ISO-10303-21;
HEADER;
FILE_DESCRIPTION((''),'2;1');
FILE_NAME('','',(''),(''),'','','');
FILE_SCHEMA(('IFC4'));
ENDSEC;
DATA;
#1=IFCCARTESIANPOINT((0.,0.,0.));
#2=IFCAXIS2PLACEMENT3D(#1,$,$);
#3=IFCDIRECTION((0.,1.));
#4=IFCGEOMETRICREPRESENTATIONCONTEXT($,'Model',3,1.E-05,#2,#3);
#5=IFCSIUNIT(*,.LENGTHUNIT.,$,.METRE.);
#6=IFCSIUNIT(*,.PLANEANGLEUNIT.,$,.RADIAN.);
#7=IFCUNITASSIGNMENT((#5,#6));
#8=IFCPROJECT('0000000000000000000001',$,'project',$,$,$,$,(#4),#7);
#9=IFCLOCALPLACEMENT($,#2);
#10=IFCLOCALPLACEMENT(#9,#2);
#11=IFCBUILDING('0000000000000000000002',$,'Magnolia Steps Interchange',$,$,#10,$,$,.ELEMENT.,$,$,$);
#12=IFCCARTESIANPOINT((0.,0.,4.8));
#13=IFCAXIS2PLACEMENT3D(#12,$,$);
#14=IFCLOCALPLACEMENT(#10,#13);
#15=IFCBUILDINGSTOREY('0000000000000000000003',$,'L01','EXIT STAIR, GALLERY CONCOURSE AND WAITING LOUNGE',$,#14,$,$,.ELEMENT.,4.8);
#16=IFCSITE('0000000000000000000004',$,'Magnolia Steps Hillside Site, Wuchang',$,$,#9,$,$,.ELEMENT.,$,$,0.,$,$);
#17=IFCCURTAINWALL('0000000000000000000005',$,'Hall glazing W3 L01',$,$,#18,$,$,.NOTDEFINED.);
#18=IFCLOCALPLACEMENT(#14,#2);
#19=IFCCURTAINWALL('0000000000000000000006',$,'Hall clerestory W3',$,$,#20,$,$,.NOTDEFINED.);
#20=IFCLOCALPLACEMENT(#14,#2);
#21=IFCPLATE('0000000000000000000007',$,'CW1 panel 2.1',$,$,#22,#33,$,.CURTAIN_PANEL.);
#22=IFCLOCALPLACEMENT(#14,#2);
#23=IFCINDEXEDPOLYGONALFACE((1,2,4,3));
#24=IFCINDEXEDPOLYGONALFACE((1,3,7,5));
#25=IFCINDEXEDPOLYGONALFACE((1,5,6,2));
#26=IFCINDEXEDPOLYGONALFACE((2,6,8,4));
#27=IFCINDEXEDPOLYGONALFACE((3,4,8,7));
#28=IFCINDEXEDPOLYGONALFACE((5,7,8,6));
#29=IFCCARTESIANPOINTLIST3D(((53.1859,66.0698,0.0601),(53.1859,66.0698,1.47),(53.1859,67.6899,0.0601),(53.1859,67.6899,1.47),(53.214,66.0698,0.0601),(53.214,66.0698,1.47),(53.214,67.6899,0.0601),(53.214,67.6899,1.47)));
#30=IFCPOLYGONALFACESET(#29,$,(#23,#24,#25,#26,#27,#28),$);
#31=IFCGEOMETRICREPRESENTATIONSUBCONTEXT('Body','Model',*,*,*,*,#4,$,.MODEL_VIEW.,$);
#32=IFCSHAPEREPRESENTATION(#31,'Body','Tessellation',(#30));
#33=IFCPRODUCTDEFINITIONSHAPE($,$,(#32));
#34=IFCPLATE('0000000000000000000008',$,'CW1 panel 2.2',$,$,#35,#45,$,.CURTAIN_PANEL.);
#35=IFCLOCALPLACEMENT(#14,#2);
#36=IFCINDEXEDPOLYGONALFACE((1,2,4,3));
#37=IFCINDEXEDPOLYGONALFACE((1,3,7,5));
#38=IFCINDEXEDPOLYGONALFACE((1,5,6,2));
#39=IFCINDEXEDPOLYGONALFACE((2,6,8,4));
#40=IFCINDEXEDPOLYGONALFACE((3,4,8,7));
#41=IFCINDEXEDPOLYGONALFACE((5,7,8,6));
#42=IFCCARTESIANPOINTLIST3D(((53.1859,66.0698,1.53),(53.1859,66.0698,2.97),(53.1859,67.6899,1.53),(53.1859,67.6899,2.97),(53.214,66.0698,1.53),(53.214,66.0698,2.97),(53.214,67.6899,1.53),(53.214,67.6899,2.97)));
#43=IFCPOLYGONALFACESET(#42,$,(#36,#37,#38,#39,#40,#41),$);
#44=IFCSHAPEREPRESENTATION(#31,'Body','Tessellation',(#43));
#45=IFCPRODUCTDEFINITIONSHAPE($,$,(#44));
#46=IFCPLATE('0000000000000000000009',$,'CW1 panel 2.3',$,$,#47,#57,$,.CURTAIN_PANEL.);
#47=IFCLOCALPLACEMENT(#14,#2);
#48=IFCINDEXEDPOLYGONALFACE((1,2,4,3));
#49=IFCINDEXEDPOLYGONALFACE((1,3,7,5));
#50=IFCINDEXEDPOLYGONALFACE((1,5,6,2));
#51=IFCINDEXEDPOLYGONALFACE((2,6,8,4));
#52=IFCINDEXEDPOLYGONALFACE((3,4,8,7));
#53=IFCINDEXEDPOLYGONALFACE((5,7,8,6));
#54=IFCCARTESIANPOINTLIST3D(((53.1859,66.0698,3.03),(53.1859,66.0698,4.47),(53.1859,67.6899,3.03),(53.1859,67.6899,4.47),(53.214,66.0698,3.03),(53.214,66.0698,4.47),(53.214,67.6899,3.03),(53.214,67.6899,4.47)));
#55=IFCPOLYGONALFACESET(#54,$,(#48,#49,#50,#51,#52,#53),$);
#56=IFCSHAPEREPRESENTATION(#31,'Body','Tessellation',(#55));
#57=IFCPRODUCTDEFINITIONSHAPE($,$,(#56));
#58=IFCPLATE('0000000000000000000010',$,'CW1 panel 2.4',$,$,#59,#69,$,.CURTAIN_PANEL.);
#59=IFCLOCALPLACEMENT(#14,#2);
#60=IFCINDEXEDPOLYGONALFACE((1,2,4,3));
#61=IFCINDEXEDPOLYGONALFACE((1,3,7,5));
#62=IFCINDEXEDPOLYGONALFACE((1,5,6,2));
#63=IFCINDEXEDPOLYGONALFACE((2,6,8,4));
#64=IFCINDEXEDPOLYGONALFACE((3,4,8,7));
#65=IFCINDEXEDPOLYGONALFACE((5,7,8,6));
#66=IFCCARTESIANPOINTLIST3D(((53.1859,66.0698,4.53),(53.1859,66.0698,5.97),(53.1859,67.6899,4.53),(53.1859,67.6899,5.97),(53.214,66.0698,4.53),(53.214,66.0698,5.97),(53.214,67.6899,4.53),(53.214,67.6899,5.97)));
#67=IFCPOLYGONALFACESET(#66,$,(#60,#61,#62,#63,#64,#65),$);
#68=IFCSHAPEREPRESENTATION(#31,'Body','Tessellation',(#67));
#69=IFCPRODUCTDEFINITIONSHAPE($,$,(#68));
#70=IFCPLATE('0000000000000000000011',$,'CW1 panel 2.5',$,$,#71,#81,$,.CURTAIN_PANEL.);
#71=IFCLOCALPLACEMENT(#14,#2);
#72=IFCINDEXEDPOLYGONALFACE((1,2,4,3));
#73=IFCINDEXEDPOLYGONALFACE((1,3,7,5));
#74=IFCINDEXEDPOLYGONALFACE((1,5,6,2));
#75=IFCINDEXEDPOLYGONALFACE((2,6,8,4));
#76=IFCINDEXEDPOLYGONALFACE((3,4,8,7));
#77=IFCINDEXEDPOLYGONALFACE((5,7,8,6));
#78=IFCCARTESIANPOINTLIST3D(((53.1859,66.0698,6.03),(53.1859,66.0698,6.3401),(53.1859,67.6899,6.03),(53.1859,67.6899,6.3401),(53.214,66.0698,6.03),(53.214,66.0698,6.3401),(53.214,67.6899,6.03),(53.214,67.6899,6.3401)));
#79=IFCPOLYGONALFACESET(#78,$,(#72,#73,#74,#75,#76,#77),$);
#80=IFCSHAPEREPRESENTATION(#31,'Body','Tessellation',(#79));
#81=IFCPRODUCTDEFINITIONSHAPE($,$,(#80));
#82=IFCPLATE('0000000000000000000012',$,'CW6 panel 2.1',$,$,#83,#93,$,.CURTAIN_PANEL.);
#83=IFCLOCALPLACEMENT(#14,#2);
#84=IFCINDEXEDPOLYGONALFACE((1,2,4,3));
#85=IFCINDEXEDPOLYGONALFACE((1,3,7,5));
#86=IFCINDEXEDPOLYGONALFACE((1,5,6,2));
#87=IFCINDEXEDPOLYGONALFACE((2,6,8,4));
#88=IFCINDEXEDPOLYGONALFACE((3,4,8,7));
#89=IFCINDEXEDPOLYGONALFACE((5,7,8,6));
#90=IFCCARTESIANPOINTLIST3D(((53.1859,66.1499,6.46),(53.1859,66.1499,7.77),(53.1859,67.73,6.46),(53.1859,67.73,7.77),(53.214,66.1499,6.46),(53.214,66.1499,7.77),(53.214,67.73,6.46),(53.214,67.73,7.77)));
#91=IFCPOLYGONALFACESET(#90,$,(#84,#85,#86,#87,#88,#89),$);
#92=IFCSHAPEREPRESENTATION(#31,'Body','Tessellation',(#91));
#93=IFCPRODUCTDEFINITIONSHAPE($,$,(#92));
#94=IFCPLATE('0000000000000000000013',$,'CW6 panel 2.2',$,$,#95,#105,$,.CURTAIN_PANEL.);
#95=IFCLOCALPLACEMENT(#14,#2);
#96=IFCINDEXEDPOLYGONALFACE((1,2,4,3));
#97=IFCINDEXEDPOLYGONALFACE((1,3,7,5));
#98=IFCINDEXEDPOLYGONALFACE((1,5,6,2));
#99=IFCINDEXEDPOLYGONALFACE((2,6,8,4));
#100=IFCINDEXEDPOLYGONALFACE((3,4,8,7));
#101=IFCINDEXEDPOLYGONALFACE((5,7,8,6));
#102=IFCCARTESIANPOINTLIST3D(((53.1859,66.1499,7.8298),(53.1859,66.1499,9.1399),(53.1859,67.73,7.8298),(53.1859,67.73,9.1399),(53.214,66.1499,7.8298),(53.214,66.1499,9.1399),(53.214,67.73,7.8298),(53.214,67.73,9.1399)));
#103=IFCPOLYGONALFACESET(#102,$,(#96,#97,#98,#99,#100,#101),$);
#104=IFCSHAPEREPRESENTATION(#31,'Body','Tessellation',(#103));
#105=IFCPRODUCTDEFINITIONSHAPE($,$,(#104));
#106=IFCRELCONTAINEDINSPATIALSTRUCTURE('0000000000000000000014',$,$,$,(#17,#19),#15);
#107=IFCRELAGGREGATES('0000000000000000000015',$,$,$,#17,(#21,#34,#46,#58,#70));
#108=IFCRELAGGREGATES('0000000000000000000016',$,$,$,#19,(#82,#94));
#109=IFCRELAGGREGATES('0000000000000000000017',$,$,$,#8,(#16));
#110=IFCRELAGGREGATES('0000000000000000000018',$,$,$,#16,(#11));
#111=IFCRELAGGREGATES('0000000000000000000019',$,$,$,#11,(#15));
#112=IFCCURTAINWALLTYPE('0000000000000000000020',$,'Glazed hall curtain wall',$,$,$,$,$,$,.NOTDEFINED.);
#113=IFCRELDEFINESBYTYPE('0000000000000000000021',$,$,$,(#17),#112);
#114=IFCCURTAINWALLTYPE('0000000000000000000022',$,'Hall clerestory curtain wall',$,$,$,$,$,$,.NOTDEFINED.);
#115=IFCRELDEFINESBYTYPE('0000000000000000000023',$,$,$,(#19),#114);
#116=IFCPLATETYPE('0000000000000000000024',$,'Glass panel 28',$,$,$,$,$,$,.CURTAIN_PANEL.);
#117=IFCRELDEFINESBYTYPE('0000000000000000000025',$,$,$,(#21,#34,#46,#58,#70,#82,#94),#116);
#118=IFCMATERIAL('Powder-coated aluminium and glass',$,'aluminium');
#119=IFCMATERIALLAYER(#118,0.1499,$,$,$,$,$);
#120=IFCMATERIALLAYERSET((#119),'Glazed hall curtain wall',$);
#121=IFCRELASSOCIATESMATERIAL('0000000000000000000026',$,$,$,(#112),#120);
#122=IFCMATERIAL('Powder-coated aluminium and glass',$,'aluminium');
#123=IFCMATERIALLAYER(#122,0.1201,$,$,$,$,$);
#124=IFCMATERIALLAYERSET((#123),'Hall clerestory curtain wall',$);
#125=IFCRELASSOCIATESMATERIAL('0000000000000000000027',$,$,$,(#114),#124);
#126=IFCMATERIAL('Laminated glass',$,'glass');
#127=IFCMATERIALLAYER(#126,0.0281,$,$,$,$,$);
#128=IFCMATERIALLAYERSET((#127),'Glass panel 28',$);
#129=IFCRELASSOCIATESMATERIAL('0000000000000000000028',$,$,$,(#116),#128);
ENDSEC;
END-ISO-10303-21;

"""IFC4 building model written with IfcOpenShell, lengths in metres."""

from ifc_helpers import new_model, si_unit, direction, frame, origin, origin_2d, place, context, subcontext, project, spatial, rectangle, extrude, material, layer, layer_set, type_object, element, aggregate, save


model = new_model("IFC4")

# Units and contexts
model_context = context("Model", 3, precision=1e-05, world=origin(), true_north=direction((0.0, 1.0)))
body_context = subcontext(model_context, "Body", "Model", "MODEL_VIEW")
ifc_project = project(units=[si_unit("LENGTHUNIT", "METRE"), si_unit("PLANEANGLEUNIT", "RADIAN")], contexts=[model_context])

# Site, building, storey
site_placement = place(None, origin())
site = spatial("IfcSite", under=ifc_project, at=site_placement, Name="Magnolia Steps Hillside Site, Wuchang", CompositionType="ELEMENT", RefElevation=0.0)
building_placement = place(site_placement, origin())
building = spatial("IfcBuilding", under=site, at=building_placement, Name="Magnolia Steps Interchange", CompositionType="ELEMENT")
storey_placement = place(building_placement, frame((0.0, 0.0, 4.8)))
storey = spatial("IfcBuildingStorey", under=building, at=storey_placement, Name="L01", Description="EXIT STAIR, GALLERY CONCOURSE AND WAITING LOUNGE", CompositionType="ELEMENT", Elevation=4.8)

# Curtain wall
ifc_material_1 = material(Name="Powder-coated aluminium and glass", Category="aluminium")
ifc_layer_1 = layer(ifc_material_1, 0.1499)
ifc_layer_set_1 = layer_set([ifc_layer_1], Name="Glazed hall curtain wall")
curtain_wall_type_1 = type_object("IfcCurtainWallType", Name="Glazed hall curtain wall", PredefinedType="NOTDEFINED", material=ifc_layer_set_1)
curtain_wall_1_placement = place(storey_placement, origin())
curtain_wall_1 = element("IfcCurtainWall", 1, at=curtain_wall_1_placement, inside=storey, type_object=curtain_wall_type_1, Name="Hall glazing W3 L01", PredefinedType="NOTDEFINED")

# Curtain wall
ifc_material_2 = material(Name="Powder-coated aluminium and glass", Category="aluminium")
ifc_layer_2 = layer(ifc_material_2, 0.1201)
ifc_layer_set_2 = layer_set([ifc_layer_2], Name="Hall clerestory curtain wall")
curtain_wall_type_2 = type_object("IfcCurtainWallType", Name="Hall clerestory curtain wall", PredefinedType="NOTDEFINED", material=ifc_layer_set_2)
curtain_wall_2_placement = place(storey_placement, origin())
curtain_wall_2 = element("IfcCurtainWall", 2, at=curtain_wall_2_placement, inside=storey, type_object=curtain_wall_type_2, Name="Hall clerestory W3", PredefinedType="NOTDEFINED")

# Plates
ifc_material_3 = material(Name="Laminated glass", Category="glass")
ifc_layer_3 = layer(ifc_material_3, 0.0281)
ifc_layer_set_3 = layer_set([ifc_layer_3], Name="Glass panel 28")
plate_type = type_object("IfcPlateType", Name="Glass panel 28", PredefinedType="CURTAIN_PANEL", material=ifc_layer_set_3)
plate_1_placement = place(storey_placement, frame((53.2, 66.8799, 0.0601), z_axis=(0.0, 0.0, 1.0), x_axis=(0.0, 1.0, 0.0)))
plate_1 = element("IfcPlate", 3, at=plate_1_placement, type_object=plate_type, Name="CW1 panel 2.1", PredefinedType="CURTAIN_PANEL", context=body_context, shape_type="SweptSolid", body=[
    extrude(rectangle(XDim=1.6201, YDim=0.0281, at=origin_2d()), origin(), (0.0, 0.0, 1.0), 1.4099),
])
plate_2_placement = place(storey_placement, frame((53.2, 66.8799, 1.53), z_axis=(0.0, 0.0, 1.0), x_axis=(0.0, 1.0, 0.0)))
plate_2 = element("IfcPlate", 4, at=plate_2_placement, type_object=plate_type, Name="CW1 panel 2.2", PredefinedType="CURTAIN_PANEL", context=body_context, shape_type="SweptSolid", body=[
    extrude(rectangle(XDim=1.6201, YDim=0.0281, at=origin_2d()), origin(), (0.0, 0.0, 1.0), 1.4399),
])
plate_3_placement = place(storey_placement, frame((53.2, 66.8799, 3.03), z_axis=(0.0, 0.0, 1.0), x_axis=(0.0, 1.0, 0.0)))
plate_3 = element("IfcPlate", 5, at=plate_3_placement, type_object=plate_type, Name="CW1 panel 2.3", PredefinedType="CURTAIN_PANEL", context=body_context, shape_type="SweptSolid", body=[
    extrude(rectangle(XDim=1.6201, YDim=0.0281, at=origin_2d()), origin(), (0.0, 0.0, 1.0), 1.4399),
])
plate_4_placement = place(storey_placement, frame((53.2, 66.8799, 4.53), z_axis=(0.0, 0.0, 1.0), x_axis=(0.0, 1.0, 0.0)))
plate_4 = element("IfcPlate", 6, at=plate_4_placement, type_object=plate_type, Name="CW1 panel 2.4", PredefinedType="CURTAIN_PANEL", context=body_context, shape_type="SweptSolid", body=[
    extrude(rectangle(XDim=1.6201, YDim=0.0281, at=origin_2d()), origin(), (0.0, 0.0, 1.0), 1.4399),
])
plate_5_placement = place(storey_placement, frame((53.2, 66.8799, 6.03), z_axis=(0.0, 0.0, 1.0), x_axis=(0.0, 1.0, 0.0)))
plate_5 = element("IfcPlate", 7, at=plate_5_placement, type_object=plate_type, Name="CW1 panel 2.5", PredefinedType="CURTAIN_PANEL", context=body_context, shape_type="SweptSolid", body=[
    extrude(rectangle(XDim=1.6201, YDim=0.0281, at=origin_2d()), origin(), (0.0, 0.0, 1.0), 0.3101),
])
aggregate(curtain_wall_1, [plate_1, plate_2, plate_3, plate_4, plate_5])
plate_6_placement = place(storey_placement, frame((53.2, 66.9399, 6.46), z_axis=(0.0, 0.0, 1.0), x_axis=(0.0, 1.0, 0.0)))
plate_6 = element("IfcPlate", 8, at=plate_6_placement, type_object=plate_type, Name="CW6 panel 2.1", PredefinedType="CURTAIN_PANEL", context=body_context, shape_type="SweptSolid", body=[
    extrude(rectangle(XDim=1.5801, YDim=0.0281, at=origin_2d()), origin(), (0.0, 0.0, 1.0), 1.3101),
])
plate_7_placement = place(storey_placement, frame((53.2, 66.9399, 7.8298), z_axis=(0.0, 0.0, 1.0), x_axis=(0.0, 1.0, 0.0)))
plate_7 = element("IfcPlate", 9, at=plate_7_placement, type_object=plate_type, Name="CW6 panel 2.2", PredefinedType="CURTAIN_PANEL", context=body_context, shape_type="SweptSolid", body=[
    extrude(rectangle(XDim=1.5801, YDim=0.0281, at=origin_2d()), origin(), (0.0, 0.0, 1.0), 1.3101),
])
aggregate(curtain_wall_2, [plate_6, plate_7])

save(model, "model.ifc")
